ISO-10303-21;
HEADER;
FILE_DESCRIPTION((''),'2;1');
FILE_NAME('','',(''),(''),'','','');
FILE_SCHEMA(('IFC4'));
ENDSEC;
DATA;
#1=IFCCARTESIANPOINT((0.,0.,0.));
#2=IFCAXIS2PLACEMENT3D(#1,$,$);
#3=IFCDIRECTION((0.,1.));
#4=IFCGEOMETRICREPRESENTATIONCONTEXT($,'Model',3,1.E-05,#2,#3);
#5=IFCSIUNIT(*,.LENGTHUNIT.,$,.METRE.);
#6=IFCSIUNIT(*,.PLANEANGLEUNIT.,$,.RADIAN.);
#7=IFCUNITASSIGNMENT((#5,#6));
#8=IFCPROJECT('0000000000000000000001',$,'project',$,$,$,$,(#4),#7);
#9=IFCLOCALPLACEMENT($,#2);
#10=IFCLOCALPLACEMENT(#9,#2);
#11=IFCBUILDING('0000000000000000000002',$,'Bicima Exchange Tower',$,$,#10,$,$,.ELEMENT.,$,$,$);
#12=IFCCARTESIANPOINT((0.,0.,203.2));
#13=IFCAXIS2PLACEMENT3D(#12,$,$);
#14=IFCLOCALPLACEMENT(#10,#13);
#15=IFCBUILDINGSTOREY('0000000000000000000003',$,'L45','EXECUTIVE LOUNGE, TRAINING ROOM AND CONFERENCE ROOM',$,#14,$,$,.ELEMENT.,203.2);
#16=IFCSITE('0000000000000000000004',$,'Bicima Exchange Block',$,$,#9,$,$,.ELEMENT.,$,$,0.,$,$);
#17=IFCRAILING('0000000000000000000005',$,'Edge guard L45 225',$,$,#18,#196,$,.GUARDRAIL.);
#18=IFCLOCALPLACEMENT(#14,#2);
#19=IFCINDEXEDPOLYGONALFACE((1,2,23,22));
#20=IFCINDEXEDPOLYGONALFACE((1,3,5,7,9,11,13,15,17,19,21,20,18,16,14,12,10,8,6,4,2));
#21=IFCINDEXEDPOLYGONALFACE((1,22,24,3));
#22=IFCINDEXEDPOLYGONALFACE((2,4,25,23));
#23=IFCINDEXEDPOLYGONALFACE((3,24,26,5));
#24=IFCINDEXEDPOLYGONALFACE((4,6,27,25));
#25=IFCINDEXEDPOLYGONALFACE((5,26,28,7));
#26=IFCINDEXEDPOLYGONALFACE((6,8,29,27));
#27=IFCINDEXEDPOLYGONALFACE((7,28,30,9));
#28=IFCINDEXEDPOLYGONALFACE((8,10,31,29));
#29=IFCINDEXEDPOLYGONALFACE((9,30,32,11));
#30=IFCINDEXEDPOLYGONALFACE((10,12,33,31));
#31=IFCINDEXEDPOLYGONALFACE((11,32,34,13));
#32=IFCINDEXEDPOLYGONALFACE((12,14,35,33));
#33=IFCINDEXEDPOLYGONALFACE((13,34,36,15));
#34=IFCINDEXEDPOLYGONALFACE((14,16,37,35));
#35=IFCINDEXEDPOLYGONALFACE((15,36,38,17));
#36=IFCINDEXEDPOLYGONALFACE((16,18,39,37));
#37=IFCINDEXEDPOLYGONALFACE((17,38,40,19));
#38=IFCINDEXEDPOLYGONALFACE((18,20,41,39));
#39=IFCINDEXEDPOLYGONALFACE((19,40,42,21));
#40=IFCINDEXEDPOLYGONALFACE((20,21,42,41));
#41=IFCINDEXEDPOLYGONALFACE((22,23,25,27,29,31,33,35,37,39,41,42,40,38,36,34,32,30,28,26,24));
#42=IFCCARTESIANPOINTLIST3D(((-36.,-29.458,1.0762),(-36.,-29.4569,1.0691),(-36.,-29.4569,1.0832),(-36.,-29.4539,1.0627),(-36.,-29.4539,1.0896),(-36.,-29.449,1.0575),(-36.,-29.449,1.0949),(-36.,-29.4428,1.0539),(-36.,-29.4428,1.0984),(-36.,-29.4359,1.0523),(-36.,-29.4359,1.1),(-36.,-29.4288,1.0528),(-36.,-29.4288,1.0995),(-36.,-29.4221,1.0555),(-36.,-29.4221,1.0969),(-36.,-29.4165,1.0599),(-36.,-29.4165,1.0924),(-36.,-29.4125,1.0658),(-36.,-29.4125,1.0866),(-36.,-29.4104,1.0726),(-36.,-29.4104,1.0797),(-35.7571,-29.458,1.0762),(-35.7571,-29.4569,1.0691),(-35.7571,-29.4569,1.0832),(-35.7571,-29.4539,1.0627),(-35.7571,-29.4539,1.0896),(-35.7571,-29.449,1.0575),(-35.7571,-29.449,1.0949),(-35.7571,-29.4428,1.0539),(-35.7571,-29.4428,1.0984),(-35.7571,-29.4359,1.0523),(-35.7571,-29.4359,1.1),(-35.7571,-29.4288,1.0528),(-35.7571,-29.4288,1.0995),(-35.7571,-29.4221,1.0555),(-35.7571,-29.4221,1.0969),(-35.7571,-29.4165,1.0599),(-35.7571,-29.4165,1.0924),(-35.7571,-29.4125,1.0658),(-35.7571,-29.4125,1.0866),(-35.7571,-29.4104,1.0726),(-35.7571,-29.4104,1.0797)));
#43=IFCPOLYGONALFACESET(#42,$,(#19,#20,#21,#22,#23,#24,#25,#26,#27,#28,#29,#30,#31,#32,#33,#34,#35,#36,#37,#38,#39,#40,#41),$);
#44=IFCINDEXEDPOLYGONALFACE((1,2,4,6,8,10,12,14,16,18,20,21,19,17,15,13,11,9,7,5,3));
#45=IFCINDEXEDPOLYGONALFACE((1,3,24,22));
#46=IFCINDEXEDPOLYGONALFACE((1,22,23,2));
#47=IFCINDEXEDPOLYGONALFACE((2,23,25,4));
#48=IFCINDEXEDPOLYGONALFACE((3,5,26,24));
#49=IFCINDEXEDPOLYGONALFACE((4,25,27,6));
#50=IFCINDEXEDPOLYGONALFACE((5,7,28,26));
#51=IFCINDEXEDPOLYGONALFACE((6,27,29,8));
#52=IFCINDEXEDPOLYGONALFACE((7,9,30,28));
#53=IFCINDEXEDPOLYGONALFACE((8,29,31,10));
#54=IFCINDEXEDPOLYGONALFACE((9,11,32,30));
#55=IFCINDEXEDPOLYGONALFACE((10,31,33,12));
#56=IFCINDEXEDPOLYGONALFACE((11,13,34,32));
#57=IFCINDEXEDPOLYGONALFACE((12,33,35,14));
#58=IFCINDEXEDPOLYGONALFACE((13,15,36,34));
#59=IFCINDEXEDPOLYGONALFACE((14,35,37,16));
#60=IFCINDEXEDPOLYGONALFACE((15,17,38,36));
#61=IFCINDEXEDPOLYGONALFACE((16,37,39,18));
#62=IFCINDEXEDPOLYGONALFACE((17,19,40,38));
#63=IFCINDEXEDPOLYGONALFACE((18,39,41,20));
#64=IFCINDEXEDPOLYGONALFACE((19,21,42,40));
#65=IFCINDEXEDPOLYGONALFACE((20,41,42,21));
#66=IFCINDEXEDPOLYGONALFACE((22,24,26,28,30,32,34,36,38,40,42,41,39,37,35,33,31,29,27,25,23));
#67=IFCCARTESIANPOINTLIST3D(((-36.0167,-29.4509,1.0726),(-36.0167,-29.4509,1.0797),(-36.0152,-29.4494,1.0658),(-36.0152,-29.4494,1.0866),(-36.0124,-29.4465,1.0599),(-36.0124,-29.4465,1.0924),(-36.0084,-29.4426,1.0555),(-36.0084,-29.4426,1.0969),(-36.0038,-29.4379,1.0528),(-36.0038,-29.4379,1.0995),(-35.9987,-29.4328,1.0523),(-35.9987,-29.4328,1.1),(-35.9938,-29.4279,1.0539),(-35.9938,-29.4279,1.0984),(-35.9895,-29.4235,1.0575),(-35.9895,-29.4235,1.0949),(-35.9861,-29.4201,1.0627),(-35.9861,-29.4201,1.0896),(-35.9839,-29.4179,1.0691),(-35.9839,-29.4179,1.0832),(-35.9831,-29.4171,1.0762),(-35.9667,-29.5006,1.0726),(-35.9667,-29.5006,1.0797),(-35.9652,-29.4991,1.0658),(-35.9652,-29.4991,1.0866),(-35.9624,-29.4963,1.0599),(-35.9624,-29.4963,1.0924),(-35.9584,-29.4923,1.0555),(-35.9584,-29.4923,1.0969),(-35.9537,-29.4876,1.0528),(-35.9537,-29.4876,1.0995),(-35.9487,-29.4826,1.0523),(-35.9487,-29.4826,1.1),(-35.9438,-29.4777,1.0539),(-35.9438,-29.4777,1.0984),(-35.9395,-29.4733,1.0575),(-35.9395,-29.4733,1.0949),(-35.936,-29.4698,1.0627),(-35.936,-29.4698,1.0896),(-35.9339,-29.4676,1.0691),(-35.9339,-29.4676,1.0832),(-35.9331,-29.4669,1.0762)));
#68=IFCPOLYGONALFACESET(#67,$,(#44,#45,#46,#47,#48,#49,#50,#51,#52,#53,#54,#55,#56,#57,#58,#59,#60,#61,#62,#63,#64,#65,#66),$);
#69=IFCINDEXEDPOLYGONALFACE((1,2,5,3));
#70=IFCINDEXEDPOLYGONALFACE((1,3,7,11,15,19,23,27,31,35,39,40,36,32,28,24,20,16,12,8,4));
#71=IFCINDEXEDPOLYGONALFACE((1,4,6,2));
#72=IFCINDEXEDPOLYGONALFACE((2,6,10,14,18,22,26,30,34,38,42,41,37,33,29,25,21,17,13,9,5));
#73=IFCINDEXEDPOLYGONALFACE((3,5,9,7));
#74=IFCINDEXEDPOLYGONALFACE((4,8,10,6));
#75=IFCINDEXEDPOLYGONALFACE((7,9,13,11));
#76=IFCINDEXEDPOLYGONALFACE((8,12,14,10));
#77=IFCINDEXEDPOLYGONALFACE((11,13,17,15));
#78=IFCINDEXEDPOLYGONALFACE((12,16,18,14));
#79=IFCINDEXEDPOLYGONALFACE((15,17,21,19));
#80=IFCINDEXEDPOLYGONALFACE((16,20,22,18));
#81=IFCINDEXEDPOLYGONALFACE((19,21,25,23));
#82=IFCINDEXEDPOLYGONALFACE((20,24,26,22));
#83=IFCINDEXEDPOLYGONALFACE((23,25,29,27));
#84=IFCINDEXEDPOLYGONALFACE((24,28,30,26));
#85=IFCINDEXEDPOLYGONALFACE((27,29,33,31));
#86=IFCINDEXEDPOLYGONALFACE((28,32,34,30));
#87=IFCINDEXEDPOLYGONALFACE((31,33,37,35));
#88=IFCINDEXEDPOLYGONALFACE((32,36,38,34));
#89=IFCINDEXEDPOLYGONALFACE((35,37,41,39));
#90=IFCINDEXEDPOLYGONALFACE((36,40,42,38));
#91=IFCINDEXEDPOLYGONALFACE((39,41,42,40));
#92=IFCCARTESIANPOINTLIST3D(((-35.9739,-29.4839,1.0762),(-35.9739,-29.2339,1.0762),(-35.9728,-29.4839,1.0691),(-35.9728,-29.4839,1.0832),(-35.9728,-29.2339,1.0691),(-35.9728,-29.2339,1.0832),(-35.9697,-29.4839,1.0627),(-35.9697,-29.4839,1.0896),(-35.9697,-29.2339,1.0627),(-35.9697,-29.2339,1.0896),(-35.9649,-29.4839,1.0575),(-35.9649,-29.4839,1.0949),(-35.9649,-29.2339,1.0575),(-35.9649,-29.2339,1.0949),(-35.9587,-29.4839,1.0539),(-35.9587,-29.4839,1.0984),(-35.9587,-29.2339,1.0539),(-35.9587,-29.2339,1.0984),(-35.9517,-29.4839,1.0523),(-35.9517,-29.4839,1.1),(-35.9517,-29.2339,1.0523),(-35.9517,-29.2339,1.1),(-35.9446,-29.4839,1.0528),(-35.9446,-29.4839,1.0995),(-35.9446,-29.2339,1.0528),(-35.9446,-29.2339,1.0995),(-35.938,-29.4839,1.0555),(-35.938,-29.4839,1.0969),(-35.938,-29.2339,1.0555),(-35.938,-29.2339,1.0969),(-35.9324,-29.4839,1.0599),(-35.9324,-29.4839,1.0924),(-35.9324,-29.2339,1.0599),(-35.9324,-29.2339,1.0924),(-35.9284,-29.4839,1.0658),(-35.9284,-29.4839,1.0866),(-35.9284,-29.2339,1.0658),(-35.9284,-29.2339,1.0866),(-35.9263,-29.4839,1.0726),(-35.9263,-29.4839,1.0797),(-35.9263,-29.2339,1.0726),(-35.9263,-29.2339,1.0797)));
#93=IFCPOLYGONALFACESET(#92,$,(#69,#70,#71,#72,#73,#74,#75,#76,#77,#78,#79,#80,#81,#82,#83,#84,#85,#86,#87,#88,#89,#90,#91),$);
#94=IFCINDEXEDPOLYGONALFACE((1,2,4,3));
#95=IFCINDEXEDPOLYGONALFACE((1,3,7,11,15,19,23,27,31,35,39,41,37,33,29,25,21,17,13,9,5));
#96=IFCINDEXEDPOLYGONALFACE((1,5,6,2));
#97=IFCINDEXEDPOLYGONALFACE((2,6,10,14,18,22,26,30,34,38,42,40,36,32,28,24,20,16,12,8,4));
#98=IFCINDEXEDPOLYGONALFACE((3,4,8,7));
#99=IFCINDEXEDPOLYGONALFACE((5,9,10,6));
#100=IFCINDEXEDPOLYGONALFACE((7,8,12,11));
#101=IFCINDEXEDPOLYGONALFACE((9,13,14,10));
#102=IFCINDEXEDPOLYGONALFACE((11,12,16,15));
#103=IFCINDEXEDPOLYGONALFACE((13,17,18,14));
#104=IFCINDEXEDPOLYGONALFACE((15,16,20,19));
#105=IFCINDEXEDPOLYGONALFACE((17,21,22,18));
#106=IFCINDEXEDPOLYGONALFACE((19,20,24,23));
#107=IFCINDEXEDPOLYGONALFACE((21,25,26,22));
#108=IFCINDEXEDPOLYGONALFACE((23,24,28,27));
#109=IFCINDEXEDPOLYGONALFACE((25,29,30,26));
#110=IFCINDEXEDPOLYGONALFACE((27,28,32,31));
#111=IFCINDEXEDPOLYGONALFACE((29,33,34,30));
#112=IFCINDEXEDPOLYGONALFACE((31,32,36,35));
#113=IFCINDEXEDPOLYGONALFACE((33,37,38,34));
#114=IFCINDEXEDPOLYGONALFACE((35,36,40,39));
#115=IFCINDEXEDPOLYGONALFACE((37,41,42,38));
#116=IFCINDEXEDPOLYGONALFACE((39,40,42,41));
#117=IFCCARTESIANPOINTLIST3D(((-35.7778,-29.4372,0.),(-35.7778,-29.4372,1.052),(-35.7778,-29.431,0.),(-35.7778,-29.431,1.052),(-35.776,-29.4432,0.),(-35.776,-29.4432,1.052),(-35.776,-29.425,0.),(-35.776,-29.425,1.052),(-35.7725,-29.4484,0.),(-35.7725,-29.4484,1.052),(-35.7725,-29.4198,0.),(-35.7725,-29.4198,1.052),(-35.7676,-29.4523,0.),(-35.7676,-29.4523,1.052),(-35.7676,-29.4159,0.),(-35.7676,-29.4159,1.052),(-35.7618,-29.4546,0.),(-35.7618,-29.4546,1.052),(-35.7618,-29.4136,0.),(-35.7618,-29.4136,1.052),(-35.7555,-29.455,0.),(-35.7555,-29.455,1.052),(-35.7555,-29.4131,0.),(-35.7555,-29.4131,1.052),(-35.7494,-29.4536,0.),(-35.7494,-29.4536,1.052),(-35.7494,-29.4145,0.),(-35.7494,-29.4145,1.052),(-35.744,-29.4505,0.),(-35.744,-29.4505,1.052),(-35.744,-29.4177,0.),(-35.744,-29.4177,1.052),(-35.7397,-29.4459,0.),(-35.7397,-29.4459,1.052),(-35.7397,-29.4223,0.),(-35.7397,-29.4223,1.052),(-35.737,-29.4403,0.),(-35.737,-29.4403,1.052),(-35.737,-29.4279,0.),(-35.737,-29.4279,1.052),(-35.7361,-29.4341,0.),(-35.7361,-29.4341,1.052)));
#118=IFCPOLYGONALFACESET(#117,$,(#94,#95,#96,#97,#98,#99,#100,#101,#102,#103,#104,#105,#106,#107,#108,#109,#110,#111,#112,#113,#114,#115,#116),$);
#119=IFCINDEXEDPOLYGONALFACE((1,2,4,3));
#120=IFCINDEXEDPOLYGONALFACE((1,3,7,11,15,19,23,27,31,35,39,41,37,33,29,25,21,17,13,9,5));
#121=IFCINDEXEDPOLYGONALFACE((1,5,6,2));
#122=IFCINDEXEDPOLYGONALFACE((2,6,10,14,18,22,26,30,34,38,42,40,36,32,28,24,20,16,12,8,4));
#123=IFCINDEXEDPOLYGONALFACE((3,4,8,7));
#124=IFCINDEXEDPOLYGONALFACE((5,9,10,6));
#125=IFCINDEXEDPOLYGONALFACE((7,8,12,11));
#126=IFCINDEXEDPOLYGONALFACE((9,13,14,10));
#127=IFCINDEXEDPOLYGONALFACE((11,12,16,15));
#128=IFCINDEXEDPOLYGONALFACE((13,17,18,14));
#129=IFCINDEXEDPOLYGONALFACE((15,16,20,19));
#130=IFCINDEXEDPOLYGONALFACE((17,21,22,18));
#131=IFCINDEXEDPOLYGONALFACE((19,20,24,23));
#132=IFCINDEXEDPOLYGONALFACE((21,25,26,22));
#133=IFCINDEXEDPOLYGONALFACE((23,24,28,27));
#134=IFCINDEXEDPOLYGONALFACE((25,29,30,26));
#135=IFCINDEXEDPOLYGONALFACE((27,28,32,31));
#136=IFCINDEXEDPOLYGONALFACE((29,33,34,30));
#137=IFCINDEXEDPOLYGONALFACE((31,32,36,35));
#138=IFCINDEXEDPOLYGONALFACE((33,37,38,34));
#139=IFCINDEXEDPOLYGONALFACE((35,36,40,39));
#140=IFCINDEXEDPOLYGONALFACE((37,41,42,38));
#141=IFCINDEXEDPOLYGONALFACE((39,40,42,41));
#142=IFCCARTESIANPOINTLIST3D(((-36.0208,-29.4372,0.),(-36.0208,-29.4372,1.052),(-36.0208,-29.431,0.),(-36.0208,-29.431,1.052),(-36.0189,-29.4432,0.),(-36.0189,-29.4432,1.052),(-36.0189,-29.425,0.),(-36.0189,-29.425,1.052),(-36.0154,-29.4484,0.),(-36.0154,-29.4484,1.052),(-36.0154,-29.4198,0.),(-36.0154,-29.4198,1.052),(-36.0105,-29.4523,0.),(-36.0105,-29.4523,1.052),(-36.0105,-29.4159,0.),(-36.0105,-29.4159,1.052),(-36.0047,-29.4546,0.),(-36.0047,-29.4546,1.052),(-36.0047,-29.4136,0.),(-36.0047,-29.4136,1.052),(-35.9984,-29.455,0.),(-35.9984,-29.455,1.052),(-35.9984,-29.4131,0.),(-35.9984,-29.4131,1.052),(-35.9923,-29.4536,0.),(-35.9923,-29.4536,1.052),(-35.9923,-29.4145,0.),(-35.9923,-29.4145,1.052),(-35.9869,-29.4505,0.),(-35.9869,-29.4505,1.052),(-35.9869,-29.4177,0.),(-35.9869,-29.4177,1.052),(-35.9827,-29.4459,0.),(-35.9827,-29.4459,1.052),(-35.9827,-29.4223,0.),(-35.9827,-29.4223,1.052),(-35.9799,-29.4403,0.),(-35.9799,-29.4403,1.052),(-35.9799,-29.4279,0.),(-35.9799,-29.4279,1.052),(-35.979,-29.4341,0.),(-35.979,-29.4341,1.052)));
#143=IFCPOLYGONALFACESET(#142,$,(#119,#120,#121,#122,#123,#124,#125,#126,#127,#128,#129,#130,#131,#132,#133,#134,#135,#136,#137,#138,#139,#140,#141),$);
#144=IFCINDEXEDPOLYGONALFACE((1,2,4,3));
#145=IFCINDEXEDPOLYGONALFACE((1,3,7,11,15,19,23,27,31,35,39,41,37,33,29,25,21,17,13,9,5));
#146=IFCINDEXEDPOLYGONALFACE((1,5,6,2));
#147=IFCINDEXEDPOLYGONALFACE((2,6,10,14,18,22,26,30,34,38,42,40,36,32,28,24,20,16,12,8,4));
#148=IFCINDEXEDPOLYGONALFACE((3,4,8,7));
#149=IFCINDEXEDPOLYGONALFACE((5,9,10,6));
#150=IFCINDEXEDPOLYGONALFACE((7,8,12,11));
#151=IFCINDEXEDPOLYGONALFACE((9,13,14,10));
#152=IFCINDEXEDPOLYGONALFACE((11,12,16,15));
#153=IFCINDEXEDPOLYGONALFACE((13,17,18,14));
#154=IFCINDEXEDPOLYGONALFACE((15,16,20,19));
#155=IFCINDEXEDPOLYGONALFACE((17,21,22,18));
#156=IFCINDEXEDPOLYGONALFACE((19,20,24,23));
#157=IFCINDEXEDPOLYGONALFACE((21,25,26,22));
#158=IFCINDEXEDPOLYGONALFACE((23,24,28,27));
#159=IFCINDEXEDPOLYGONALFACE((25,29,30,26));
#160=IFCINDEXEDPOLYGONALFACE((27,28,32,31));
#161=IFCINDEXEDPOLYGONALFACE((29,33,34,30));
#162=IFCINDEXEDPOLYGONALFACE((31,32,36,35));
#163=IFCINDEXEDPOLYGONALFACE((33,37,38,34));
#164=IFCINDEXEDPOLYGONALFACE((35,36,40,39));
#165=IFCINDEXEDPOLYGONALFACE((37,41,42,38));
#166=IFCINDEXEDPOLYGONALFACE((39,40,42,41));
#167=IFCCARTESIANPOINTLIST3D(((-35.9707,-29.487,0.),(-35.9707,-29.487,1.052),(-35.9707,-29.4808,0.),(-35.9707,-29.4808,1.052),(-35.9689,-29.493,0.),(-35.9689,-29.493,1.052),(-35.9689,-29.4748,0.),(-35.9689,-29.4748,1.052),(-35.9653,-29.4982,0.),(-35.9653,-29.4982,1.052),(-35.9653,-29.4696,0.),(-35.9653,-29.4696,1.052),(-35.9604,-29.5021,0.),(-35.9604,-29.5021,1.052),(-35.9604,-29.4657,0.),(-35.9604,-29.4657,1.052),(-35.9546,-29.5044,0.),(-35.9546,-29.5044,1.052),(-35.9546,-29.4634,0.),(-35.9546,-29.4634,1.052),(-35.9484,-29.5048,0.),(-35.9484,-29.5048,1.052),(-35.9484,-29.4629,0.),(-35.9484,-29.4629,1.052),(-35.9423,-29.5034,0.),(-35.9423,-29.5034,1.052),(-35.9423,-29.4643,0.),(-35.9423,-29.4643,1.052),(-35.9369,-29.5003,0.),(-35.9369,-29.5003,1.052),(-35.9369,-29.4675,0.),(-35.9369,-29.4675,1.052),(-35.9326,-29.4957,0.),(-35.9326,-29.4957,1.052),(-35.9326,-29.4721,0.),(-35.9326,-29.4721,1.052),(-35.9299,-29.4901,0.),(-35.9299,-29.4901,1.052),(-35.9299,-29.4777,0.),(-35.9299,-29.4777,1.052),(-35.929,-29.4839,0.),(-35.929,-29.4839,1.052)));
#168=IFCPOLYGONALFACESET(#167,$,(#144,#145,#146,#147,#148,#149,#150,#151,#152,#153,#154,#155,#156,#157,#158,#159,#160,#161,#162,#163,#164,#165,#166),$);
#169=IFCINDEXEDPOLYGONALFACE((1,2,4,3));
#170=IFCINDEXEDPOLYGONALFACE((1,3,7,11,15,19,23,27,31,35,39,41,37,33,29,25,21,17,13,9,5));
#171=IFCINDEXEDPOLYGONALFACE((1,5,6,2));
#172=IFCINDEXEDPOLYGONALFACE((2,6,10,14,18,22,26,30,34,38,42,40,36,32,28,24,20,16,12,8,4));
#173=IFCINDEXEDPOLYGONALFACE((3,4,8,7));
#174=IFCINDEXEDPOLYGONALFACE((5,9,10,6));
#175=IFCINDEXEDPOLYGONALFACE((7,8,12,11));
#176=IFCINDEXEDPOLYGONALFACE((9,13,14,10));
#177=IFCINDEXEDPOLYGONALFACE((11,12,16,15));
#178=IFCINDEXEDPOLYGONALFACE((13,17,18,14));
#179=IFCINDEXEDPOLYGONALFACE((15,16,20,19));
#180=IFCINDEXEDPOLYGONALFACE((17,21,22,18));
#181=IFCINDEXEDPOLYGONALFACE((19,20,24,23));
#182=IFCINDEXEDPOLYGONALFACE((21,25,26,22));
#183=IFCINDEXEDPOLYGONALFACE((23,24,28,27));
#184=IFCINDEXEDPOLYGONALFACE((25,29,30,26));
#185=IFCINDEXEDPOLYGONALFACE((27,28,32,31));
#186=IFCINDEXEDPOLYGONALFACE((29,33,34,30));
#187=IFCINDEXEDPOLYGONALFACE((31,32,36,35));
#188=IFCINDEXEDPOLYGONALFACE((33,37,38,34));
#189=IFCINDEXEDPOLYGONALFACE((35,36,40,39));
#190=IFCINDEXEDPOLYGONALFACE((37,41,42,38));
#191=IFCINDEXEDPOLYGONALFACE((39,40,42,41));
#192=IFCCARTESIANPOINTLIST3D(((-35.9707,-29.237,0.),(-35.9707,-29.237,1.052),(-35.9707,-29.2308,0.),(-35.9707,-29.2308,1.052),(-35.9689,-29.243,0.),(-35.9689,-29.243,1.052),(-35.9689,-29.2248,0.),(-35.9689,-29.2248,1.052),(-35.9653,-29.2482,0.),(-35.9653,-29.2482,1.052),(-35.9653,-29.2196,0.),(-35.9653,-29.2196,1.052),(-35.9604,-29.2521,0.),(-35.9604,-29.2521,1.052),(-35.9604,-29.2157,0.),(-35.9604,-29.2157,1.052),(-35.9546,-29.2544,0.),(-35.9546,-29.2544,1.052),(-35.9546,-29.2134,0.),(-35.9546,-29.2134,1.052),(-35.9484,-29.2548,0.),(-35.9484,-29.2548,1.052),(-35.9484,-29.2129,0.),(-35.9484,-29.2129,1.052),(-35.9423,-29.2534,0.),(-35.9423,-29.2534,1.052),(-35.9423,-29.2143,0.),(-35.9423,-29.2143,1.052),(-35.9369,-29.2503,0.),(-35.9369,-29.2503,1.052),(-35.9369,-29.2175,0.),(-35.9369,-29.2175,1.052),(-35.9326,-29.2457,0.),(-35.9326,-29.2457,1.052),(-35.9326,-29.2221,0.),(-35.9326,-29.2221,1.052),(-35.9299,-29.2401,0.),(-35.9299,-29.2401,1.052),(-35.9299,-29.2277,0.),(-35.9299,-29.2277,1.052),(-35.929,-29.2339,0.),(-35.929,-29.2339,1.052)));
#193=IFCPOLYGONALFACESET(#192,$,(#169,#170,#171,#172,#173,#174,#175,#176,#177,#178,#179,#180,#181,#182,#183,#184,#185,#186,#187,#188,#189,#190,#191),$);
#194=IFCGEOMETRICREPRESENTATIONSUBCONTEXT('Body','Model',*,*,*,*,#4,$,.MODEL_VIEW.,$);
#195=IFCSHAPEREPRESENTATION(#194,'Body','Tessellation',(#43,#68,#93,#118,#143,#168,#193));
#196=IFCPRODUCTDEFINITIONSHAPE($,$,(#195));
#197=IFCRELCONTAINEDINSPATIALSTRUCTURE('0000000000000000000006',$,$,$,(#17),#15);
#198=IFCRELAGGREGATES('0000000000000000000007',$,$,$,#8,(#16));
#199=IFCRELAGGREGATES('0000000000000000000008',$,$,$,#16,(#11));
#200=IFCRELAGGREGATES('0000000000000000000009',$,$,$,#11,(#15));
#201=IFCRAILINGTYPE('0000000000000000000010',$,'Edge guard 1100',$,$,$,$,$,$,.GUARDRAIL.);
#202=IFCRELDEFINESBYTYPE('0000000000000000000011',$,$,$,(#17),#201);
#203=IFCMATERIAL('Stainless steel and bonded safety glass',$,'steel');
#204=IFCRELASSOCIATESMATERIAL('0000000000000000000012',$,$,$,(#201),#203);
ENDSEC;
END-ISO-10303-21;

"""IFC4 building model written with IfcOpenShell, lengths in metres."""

from ifc_helpers import new_model, si_unit, direction, frame, origin, origin_2d, place, context, subcontext, project, spatial, circle, extrude, material, type_object, element, save


model = new_model("IFC4")

# Units and contexts
model_context = context("Model", 3, precision=1e-05, world=origin(), true_north=direction((0.0, 1.0)))
body_context = subcontext(model_context, "Body", "Model", "MODEL_VIEW")
ifc_project = project(units=[si_unit("LENGTHUNIT", "METRE"), si_unit("PLANEANGLEUNIT", "RADIAN")], contexts=[model_context])

# Site, building, storey
site_placement = place(None, origin())
site = spatial("IfcSite", under=ifc_project, at=site_placement, Name="Bicima Exchange Block", CompositionType="ELEMENT", RefElevation=0.0)
building_placement = place(site_placement, origin())
building = spatial("IfcBuilding", under=site, at=building_placement, Name="Bicima Exchange Tower", CompositionType="ELEMENT")
storey_placement = place(building_placement, frame((0.0, 0.0, 203.2)))
storey = spatial("IfcBuildingStorey", under=building, at=storey_placement, Name="L45", Description="EXECUTIVE LOUNGE, TRAINING ROOM AND CONFERENCE ROOM", CompositionType="ELEMENT", Elevation=203.2)

# Railing
ifc_material_1 = material(Name="Stainless steel and bonded safety glass", Category="steel")
railing_type = type_object("IfcRailingType", Name="Edge guard 1100", PredefinedType="GUARDRAIL", material=ifc_material_1)
railing_1_placement = place(storey_placement, frame((-35.7571, -29.4341, 0.0)))
element("IfcRailing", 1, at=railing_1_placement, inside=storey, type_object=railing_type, Name="Edge guard L45 225", PredefinedType="GUARDRAIL", context=body_context, shape_type="SweptSolid", body=[
    extrude(circle(Radius=0.0239, at=origin_2d()), frame((0.0, 0.0, 1.0762), z_axis=(-1.0, 0.0, 0.0), x_axis=(0.0, -1.0, 0.0)), (0.0, 0.0, 1.0), 0.2429),
    extrude(circle(Radius=0.0239, at=origin_2d()), frame((-0.2429, 0.0, 1.0762), z_axis=(0.708834, -0.705376, 0.0), x_axis=(0.705376, 0.708834, 0.0)), (0.0, 0.0, 1.0), 0.0706),
    extrude(circle(Radius=0.0239, at=origin_2d()), frame((-0.1929, -0.0498, 1.0762), z_axis=(0.0, 1.0, 0.0), x_axis=(-1.0, 0.0, 0.0)), (0.0, 0.0, 1.0), 0.25),
    extrude(circle(Radius=0.021, at=origin_2d()), origin(), (0.0, 0.0, 1.0), 1.052),
    extrude(circle(Radius=0.021, at=origin_2d()), frame((-0.2429, 0.0, 0.0)), (0.0, 0.0, 1.0), 1.052),
    extrude(circle(Radius=0.021, at=origin_2d()), frame((-0.1929, -0.0498, 0.0)), (0.0, 0.0, 1.0), 1.052),
    extrude(circle(Radius=0.021, at=origin_2d()), frame((-0.1929, 0.2002, 0.0)), (0.0, 0.0, 1.0), 1.052),
])

save(model, "model.ifc")
